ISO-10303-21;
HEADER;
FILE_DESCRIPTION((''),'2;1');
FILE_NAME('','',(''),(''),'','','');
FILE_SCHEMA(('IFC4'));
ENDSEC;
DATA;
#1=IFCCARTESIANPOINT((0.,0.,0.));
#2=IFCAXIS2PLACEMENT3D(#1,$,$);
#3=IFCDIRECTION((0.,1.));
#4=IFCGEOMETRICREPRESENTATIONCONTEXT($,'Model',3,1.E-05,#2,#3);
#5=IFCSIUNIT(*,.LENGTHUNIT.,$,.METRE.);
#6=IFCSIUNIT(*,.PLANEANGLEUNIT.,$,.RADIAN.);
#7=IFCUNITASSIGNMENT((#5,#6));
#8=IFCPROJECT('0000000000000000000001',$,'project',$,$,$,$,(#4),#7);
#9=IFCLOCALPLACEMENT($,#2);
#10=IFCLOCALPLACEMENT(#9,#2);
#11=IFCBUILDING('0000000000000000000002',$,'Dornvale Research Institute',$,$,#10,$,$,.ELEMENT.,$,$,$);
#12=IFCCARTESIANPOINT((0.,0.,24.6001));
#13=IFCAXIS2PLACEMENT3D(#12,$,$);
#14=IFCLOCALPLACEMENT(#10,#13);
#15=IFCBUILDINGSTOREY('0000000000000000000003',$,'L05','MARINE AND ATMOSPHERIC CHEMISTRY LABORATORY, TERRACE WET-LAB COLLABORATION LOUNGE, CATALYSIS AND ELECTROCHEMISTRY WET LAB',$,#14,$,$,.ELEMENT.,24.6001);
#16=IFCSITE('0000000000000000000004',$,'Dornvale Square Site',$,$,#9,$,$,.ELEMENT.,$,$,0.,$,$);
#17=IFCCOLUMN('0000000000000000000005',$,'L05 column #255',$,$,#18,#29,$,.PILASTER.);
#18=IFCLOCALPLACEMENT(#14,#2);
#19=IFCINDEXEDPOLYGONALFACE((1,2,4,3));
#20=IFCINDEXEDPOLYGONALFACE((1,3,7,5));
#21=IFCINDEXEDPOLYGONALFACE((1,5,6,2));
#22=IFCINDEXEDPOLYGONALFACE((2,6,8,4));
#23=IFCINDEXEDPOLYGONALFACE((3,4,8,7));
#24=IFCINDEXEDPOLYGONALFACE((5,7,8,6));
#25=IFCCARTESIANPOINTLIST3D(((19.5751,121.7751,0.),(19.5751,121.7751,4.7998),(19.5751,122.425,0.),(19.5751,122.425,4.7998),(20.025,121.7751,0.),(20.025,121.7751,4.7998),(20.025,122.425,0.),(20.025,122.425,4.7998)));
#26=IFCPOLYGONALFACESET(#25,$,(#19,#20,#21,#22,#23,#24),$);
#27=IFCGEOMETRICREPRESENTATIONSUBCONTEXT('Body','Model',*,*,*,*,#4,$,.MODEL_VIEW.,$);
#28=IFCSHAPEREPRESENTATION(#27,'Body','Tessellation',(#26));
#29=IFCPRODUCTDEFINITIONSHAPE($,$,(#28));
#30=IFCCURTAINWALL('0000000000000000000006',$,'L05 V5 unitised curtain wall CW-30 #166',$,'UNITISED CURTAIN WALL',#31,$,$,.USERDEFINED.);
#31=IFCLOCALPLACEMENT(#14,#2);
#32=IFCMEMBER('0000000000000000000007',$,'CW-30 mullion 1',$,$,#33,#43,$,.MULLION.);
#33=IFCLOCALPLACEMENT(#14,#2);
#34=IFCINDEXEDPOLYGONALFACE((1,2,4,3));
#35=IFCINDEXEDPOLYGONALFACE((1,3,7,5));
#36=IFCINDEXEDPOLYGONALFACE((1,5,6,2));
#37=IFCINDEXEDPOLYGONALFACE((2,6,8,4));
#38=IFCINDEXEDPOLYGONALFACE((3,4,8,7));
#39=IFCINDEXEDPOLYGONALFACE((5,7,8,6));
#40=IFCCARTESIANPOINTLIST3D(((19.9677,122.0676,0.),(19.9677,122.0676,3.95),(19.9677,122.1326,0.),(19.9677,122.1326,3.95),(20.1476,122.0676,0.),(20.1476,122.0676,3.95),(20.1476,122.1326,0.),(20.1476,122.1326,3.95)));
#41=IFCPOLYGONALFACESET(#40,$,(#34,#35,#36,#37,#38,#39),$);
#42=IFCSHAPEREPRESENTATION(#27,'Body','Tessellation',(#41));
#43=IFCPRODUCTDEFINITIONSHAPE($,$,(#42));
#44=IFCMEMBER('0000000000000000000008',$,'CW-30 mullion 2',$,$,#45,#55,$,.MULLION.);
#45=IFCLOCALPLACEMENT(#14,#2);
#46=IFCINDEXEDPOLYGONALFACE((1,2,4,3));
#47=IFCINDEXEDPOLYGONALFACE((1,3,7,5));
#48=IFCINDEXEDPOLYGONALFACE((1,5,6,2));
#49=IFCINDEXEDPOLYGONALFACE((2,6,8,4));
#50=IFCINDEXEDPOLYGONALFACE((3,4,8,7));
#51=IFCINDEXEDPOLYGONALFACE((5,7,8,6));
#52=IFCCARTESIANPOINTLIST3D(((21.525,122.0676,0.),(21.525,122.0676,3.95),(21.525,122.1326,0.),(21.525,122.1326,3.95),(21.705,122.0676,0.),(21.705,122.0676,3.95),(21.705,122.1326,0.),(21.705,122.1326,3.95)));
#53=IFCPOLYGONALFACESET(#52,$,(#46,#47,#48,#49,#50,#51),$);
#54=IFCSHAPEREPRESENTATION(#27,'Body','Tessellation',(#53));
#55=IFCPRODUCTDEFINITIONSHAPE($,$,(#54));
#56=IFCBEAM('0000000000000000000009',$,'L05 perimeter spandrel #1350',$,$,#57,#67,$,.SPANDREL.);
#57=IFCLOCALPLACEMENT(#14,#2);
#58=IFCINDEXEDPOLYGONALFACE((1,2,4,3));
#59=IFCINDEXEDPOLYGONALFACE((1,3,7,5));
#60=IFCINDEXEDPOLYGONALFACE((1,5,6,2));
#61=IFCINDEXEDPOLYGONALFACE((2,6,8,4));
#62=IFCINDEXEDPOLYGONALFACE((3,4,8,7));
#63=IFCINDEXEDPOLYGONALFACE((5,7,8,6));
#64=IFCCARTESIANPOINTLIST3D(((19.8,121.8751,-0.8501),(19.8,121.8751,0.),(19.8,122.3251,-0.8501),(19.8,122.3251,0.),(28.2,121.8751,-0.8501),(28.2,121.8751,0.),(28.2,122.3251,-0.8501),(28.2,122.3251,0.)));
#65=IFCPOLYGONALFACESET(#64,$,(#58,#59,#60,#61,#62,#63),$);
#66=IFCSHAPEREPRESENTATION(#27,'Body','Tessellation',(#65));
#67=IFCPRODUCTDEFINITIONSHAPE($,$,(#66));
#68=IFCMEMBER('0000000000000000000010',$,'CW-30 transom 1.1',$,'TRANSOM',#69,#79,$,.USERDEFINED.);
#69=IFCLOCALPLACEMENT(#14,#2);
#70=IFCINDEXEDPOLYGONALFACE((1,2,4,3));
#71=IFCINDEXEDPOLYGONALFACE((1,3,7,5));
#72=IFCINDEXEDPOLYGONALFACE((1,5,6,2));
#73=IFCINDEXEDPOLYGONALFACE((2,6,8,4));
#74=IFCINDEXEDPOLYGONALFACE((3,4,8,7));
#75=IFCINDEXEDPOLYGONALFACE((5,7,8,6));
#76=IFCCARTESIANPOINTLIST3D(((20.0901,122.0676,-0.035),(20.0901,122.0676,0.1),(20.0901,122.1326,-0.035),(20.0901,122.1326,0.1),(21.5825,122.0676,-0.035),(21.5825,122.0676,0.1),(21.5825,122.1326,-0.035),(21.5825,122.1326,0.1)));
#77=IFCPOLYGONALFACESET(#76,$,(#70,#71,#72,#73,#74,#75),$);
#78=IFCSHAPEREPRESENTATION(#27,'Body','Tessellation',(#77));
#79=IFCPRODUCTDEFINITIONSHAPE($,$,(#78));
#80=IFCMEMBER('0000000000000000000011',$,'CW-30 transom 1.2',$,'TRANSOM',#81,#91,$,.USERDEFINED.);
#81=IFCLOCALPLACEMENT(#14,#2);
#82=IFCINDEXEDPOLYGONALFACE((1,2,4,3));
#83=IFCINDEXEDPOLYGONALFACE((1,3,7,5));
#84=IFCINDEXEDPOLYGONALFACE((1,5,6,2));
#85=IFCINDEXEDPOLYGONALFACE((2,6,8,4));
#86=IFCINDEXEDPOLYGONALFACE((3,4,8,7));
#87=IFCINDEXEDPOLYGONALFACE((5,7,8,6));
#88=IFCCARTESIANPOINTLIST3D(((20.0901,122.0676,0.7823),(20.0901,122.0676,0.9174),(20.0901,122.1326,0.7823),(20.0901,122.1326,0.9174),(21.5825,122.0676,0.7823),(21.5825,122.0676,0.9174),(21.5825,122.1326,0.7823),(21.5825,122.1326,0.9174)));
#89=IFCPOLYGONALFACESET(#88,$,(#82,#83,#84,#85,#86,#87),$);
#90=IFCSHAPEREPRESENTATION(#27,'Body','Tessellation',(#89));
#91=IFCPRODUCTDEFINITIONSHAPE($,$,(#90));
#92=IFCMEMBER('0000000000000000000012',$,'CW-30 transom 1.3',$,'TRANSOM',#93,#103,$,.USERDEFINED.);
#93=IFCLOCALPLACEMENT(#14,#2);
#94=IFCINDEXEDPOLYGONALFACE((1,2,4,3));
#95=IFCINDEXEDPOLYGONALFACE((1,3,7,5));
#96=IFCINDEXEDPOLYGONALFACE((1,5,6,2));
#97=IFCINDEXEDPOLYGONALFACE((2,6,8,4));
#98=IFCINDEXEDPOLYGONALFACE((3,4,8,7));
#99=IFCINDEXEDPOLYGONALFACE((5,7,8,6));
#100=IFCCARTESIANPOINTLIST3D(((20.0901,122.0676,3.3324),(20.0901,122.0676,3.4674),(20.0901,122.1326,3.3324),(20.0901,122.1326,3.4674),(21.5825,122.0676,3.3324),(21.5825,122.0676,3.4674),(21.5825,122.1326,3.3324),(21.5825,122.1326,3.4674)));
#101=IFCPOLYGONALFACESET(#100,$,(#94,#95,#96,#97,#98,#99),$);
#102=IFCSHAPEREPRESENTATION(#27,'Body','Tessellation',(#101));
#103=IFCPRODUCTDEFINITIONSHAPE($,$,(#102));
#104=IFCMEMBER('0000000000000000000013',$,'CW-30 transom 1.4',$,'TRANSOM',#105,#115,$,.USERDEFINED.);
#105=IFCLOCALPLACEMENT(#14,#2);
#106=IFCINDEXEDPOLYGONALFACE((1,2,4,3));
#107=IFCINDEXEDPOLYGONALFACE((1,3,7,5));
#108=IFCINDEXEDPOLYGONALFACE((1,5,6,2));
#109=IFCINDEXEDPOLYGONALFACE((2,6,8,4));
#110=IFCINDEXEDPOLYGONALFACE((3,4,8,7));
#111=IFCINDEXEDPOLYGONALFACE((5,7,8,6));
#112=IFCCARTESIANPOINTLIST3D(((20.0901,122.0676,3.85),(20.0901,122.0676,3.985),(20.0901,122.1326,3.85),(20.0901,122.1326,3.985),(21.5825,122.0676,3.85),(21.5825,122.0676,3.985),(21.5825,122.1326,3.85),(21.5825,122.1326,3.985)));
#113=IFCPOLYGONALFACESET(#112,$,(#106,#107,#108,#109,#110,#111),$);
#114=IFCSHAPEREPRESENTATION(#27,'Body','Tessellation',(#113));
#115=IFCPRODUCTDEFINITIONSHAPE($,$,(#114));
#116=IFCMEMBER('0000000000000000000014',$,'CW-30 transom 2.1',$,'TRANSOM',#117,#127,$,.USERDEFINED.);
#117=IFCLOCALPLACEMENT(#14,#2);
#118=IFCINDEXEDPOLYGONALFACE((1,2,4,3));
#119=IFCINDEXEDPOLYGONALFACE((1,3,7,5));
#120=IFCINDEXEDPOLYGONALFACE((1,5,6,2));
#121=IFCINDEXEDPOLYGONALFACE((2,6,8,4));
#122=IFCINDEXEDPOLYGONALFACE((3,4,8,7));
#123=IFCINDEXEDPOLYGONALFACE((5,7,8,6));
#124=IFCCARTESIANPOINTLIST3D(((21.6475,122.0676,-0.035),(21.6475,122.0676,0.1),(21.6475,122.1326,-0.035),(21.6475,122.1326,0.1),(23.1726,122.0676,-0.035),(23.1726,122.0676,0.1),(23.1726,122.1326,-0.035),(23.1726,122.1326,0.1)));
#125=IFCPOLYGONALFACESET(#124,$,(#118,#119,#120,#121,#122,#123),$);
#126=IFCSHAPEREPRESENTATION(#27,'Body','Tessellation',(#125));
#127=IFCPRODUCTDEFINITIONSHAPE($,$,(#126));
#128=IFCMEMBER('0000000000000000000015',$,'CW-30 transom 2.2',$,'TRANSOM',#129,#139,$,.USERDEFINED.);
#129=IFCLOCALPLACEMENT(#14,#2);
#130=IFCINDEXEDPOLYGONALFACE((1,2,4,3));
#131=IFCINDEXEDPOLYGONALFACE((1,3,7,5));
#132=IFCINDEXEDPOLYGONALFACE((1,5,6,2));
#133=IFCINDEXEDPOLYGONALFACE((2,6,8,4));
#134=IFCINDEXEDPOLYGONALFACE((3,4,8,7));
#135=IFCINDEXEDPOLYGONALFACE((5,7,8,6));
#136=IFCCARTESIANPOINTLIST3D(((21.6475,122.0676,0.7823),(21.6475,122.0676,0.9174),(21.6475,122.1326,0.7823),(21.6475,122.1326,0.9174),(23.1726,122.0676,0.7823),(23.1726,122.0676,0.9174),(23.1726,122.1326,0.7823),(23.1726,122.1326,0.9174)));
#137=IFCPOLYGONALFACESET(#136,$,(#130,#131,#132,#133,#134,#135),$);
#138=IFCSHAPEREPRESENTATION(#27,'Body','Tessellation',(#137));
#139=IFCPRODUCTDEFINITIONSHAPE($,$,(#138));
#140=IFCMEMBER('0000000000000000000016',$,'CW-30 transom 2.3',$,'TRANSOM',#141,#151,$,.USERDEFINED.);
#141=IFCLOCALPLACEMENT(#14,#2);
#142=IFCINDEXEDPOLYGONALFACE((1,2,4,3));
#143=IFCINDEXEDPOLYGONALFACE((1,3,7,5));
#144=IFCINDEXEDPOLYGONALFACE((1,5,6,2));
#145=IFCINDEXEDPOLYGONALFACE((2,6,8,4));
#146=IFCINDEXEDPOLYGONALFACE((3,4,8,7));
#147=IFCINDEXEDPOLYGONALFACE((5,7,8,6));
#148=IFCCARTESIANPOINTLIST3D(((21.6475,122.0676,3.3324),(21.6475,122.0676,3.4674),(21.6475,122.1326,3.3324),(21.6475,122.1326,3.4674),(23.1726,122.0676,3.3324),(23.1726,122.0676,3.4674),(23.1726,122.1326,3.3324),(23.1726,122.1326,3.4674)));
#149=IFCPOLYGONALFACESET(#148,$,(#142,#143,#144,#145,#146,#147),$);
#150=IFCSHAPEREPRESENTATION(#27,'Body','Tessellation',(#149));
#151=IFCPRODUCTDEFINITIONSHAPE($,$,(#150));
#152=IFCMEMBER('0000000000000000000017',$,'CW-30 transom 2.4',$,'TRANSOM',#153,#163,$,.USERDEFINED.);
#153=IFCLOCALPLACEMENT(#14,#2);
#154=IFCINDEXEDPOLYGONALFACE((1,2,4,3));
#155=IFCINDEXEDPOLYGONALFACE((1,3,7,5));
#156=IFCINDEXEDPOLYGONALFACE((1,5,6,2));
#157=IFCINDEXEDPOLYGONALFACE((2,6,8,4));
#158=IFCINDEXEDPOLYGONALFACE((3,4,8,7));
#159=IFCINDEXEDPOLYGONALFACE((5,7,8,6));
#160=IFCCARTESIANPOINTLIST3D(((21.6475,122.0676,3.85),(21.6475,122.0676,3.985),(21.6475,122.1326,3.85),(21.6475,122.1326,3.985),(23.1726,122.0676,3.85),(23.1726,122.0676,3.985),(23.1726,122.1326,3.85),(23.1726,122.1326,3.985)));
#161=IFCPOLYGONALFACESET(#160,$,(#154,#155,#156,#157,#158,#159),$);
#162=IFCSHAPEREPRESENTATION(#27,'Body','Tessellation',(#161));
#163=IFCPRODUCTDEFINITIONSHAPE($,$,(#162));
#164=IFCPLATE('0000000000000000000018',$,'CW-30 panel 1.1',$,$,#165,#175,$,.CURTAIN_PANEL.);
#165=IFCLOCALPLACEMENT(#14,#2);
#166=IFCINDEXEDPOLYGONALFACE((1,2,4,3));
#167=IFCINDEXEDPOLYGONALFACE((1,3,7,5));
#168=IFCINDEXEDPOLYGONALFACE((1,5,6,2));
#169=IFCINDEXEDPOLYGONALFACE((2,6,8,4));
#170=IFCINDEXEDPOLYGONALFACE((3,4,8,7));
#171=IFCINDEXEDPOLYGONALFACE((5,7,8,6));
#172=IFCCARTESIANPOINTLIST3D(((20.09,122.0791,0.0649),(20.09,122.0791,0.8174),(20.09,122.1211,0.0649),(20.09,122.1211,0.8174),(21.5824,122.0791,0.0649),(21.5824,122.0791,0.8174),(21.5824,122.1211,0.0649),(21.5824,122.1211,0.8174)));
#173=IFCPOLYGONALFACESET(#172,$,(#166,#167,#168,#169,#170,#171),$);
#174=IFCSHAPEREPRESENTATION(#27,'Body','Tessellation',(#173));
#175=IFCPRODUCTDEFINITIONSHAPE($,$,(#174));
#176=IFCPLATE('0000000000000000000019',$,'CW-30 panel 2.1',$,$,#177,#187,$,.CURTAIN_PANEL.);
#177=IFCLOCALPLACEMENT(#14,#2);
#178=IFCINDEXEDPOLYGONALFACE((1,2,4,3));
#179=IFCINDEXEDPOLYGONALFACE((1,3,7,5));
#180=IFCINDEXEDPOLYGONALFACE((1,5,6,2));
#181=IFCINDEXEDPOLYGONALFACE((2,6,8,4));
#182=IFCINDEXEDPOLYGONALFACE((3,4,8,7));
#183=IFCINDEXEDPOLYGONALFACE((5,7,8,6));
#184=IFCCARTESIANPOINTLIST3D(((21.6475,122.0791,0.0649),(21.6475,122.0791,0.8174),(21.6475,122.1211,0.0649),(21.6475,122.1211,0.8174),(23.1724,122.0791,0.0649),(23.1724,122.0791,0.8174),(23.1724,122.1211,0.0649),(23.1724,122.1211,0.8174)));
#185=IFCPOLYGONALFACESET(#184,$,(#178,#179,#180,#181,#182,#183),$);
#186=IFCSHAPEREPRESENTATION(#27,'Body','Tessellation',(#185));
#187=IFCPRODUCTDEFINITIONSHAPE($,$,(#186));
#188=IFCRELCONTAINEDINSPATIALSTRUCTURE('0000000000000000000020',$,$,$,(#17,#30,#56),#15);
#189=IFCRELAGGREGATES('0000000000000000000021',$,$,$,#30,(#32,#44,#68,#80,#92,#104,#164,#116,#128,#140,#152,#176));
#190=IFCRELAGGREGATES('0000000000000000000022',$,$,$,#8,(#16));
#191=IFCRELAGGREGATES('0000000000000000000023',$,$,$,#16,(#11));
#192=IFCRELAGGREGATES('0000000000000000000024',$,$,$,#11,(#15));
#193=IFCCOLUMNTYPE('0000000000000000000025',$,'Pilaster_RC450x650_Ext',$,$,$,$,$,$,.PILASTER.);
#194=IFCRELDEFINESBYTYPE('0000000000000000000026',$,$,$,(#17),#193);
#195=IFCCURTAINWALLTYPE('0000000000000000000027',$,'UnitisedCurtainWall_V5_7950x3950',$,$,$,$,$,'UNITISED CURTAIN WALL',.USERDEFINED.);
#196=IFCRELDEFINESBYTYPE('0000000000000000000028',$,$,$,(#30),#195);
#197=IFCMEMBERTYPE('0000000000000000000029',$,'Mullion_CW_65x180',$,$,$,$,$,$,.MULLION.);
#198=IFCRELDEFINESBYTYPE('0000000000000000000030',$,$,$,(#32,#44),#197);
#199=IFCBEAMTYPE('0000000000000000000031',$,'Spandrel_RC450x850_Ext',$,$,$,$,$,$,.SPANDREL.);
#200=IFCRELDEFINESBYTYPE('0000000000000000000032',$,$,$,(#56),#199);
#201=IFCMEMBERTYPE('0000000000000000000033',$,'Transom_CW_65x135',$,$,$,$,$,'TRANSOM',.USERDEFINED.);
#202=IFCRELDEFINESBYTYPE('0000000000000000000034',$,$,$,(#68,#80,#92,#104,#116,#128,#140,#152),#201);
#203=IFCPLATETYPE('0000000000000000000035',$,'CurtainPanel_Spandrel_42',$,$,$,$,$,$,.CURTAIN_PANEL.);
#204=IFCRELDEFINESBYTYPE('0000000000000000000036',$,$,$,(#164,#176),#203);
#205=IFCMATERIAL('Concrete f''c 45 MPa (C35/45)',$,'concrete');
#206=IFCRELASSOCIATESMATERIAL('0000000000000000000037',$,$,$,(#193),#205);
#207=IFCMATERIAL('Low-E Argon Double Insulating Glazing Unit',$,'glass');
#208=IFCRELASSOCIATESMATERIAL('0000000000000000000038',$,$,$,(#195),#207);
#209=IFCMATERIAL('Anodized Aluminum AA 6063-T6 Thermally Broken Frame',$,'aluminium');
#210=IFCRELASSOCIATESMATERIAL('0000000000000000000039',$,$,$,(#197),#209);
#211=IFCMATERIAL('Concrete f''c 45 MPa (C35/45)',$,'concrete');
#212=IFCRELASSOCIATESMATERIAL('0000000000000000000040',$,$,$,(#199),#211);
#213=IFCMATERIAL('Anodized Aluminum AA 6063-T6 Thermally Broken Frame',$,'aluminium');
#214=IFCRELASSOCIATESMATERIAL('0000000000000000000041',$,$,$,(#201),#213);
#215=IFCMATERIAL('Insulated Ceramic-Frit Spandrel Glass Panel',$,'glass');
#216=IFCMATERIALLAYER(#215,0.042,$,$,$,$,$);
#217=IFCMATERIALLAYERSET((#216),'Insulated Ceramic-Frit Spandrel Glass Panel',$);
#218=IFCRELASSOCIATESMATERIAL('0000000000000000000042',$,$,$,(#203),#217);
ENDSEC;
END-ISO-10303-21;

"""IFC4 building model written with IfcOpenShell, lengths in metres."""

from ifc_helpers import new_model, si_unit, direction, frame, origin, origin_2d, place, context, subcontext, project, spatial, rectangle, extrude, material, layer, layer_set, material_profile, profile_set, type_object, element, aggregate, save


model = new_model("IFC4")

# Units and contexts
model_context = context("Model", 3, precision=1e-05, world=origin(), true_north=direction((0.0, 1.0)))
body_context = subcontext(model_context, "Body", "Model", "MODEL_VIEW")
ifc_project = project(units=[si_unit("LENGTHUNIT", "METRE"), si_unit("PLANEANGLEUNIT", "RADIAN")], contexts=[model_context])

# Site, building, storey
site_placement = place(None, origin())
site = spatial("IfcSite", under=ifc_project, at=site_placement, Name="Dornvale Square Site", CompositionType="ELEMENT", RefElevation=0.0)
building_placement = place(site_placement, origin())
building = spatial("IfcBuilding", under=site, at=building_placement, Name="Dornvale Research Institute", CompositionType="ELEMENT")
storey_placement = place(building_placement, frame((0.0, 0.0, 24.6001)))
storey = spatial("IfcBuildingStorey", under=building, at=storey_placement, Name="L05", Description="MARINE AND ATMOSPHERIC CHEMISTRY LABORATORY, TERRACE WET-LAB COLLABORATION LOUNGE, CATALYSIS AND ELECTROCHEMISTRY WET LAB", CompositionType="ELEMENT", Elevation=24.6001)

# Column
ifc_material_1 = material(Name="Concrete f'c 45 MPa (C35/45)", Category="concrete")
ifc_material_profile_1 = material_profile(ifc_material_1, rectangle(XDim=0.45, YDim=0.6499, at=origin_2d()), Name="RC 450x650")
ifc_profile_set_1 = profile_set([ifc_material_profile_1], Name="Concrete f'c 45 MPa (C35/45)")
column_type = type_object("IfcColumnType", Name="Pilaster_RC450x650_Ext", PredefinedType="PILASTER", material=ifc_profile_set_1)
column_placement = place(storey_placement, frame((19.8, 122.1001, 0.0), z_axis=(0.0, 0.0, 1.0), x_axis=(1.0, 0.0, 0.0)))
element("IfcColumn", 1, at=column_placement, inside=storey, type_object=column_type, Name="L05 column #255", PredefinedType="PILASTER", context=body_context, shape_type="SweptSolid", body=[
    extrude(rectangle(XDim=0.45, YDim=0.6499, at=origin_2d()), origin(), (0.0, 0.0, 1.0), 4.7998),
])

# Curtain wall, members
ifc_material_2 = material(Name="Low-E Argon Double Insulating Glazing Unit", Category="glass")
curtain_wall_type = type_object("IfcCurtainWallType", Name="UnitisedCurtainWall_V5_7950x3950", ElementType="UNITISED CURTAIN WALL", PredefinedType="USERDEFINED", material=ifc_material_2)
curtain_wall_placement = place(storey_placement, origin())
curtain_wall = element("IfcCurtainWall", 2, at=curtain_wall_placement, inside=storey, type_object=curtain_wall_type, Name="L05 V5 unitised curtain wall CW-30 #166", ObjectType="UNITISED CURTAIN WALL", PredefinedType="USERDEFINED")
ifc_material_3 = material(Name="Anodized Aluminum AA 6063-T6 Thermally Broken Frame", Category="aluminium")
ifc_material_profile_2 = material_profile(ifc_material_3, rectangle(XDim=0.0649, YDim=0.1799, at=origin_2d()), Name="ALU MULLION 65x180")
ifc_profile_set_2 = profile_set([ifc_material_profile_2], Name="Anodized Aluminum AA 6063-T6 Thermally Broken Frame")
member_type_1 = type_object("IfcMemberType", Name="Mullion_CW_65x180", PredefinedType="MULLION", material=ifc_profile_set_2)
member_1_placement = place(storey_placement, frame((20.0576, 122.1001, 0.0), z_axis=(0.0, 0.0, 1.0), x_axis=(0.0, 1.0, 0.0)))
member_1 = element("IfcMember", 3, at=member_1_placement, type_object=member_type_1, Name="CW-30 mullion 1", PredefinedType="MULLION", context=body_context, shape_type="SweptSolid", body=[
    extrude(rectangle(XDim=0.0649, YDim=0.1799, at=origin_2d()), origin(), (0.0, 0.0, 1.0), 3.95),
])
member_2_placement = place(storey_placement, frame((21.615, 122.1001, 0.0), z_axis=(0.0, 0.0, 1.0), x_axis=(0.0, 1.0, 0.0)))
member_2 = element("IfcMember", 4, at=member_2_placement, type_object=member_type_1, Name="CW-30 mullion 2", PredefinedType="MULLION", context=body_context, shape_type="SweptSolid", body=[
    extrude(rectangle(XDim=0.0649, YDim=0.1799, at=origin_2d()), origin(), (0.0, 0.0, 1.0), 3.95),
])

# Beam
ifc_material_4 = material(Name="Concrete f'c 45 MPa (C35/45)", Category="concrete")
ifc_material_profile_3 = material_profile(ifc_material_4, rectangle(XDim=0.45, YDim=0.8501, at=origin_2d()), Name="RC 450x850")
ifc_profile_set_3 = profile_set([ifc_material_profile_3], Name="Concrete f'c 45 MPa (C35/45)")
beam_type = type_object("IfcBeamType", Name="Spandrel_RC450x850_Ext", PredefinedType="SPANDREL", material=ifc_profile_set_3)
beam_placement = place(storey_placement, frame((19.8, 122.1001, -0.425), z_axis=(1.0, 0.0, 0.0), x_axis=(0.0, 1.0, 0.0)))
element("IfcBeam", 5, at=beam_placement, inside=storey, type_object=beam_type, Name="L05 perimeter spandrel #1350", PredefinedType="SPANDREL", context=body_context, shape_type="SweptSolid", body=[
    extrude(rectangle(XDim=0.45, YDim=0.8501, at=origin_2d()), origin(), (0.0, 0.0, 1.0), 8.3999),
])

# Members
ifc_material_5 = material(Name="Anodized Aluminum AA 6063-T6 Thermally Broken Frame", Category="aluminium")
ifc_material_profile_4 = material_profile(ifc_material_5, rectangle(XDim=0.0649, YDim=0.135, at=origin_2d()), Name="ALU TRANSOM 65x135")
ifc_profile_set_4 = profile_set([ifc_material_profile_4], Name="Anodized Aluminum AA 6063-T6 Thermally Broken Frame")
member_type_2 = type_object("IfcMemberType", Name="Transom_CW_65x135", ElementType="TRANSOM", PredefinedType="USERDEFINED", material=ifc_profile_set_4)
member_3_placement = place(storey_placement, frame((20.0901, 122.1001, 0.0325), z_axis=(1.0, 0.0, 0.0), x_axis=(0.0, 1.0, 0.0)))
member_3 = element("IfcMember", 6, at=member_3_placement, type_object=member_type_2, Name="CW-30 transom 1.1", ObjectType="TRANSOM", PredefinedType="USERDEFINED", context=body_context, shape_type="SweptSolid", body=[
    extrude(rectangle(XDim=0.0649, YDim=0.135, at=origin_2d()), origin(), (0.0, 0.0, 1.0), 1.4924),
])
member_4_placement = place(storey_placement, frame((20.0901, 122.1001, 0.8499), z_axis=(1.0, 0.0, 0.0), x_axis=(0.0, 1.0, 0.0)))
member_4 = element("IfcMember", 7, at=member_4_placement, type_object=member_type_2, Name="CW-30 transom 1.2", ObjectType="TRANSOM", PredefinedType="USERDEFINED", context=body_context, shape_type="SweptSolid", body=[
    extrude(rectangle(XDim=0.0649, YDim=0.135, at=origin_2d()), origin(), (0.0, 0.0, 1.0), 1.4924),
])
member_5_placement = place(storey_placement, frame((20.0901, 122.1001, 3.3999), z_axis=(1.0, 0.0, 0.0), x_axis=(0.0, 1.0, 0.0)))
member_5 = element("IfcMember", 8, at=member_5_placement, type_object=member_type_2, Name="CW-30 transom 1.3", ObjectType="TRANSOM", PredefinedType="USERDEFINED", context=body_context, shape_type="SweptSolid", body=[
    extrude(rectangle(XDim=0.0649, YDim=0.135, at=origin_2d()), origin(), (0.0, 0.0, 1.0), 1.4924),
])
member_6_placement = place(storey_placement, frame((20.0901, 122.1001, 3.9175), z_axis=(1.0, 0.0, 0.0), x_axis=(0.0, 1.0, 0.0)))
member_6 = element("IfcMember", 9, at=member_6_placement, type_object=member_type_2, Name="CW-30 transom 1.4", ObjectType="TRANSOM", PredefinedType="USERDEFINED", context=body_context, shape_type="SweptSolid", body=[
    extrude(rectangle(XDim=0.0649, YDim=0.135, at=origin_2d()), origin(), (0.0, 0.0, 1.0), 1.4924),
])
member_7_placement = place(storey_placement, frame((21.6475, 122.1001, 0.0325), z_axis=(1.0, 0.0, 0.0), x_axis=(0.0, 1.0, 0.0)))
member_7 = element("IfcMember", 10, at=member_7_placement, type_object=member_type_2, Name="CW-30 transom 2.1", ObjectType="TRANSOM", PredefinedType="USERDEFINED", context=body_context, shape_type="SweptSolid", body=[
    extrude(rectangle(XDim=0.0649, YDim=0.135, at=origin_2d()), origin(), (0.0, 0.0, 1.0), 1.5251),
])
member_8_placement = place(storey_placement, frame((21.6475, 122.1001, 0.8499), z_axis=(1.0, 0.0, 0.0), x_axis=(0.0, 1.0, 0.0)))
member_8 = element("IfcMember", 11, at=member_8_placement, type_object=member_type_2, Name="CW-30 transom 2.2", ObjectType="TRANSOM", PredefinedType="USERDEFINED", context=body_context, shape_type="SweptSolid", body=[
    extrude(rectangle(XDim=0.0649, YDim=0.135, at=origin_2d()), origin(), (0.0, 0.0, 1.0), 1.5251),
])
member_9_placement = place(storey_placement, frame((21.6475, 122.1001, 3.3999), z_axis=(1.0, 0.0, 0.0), x_axis=(0.0, 1.0, 0.0)))
member_9 = element("IfcMember", 12, at=member_9_placement, type_object=member_type_2, Name="CW-30 transom 2.3", ObjectType="TRANSOM", PredefinedType="USERDEFINED", context=body_context, shape_type="SweptSolid", body=[
    extrude(rectangle(XDim=0.0649, YDim=0.135, at=origin_2d()), origin(), (0.0, 0.0, 1.0), 1.5251),
])
member_10_placement = place(storey_placement, frame((21.6475, 122.1001, 3.9175), z_axis=(1.0, 0.0, 0.0), x_axis=(0.0, 1.0, 0.0)))
member_10 = element("IfcMember", 13, at=member_10_placement, type_object=member_type_2, Name="CW-30 transom 2.4", ObjectType="TRANSOM", PredefinedType="USERDEFINED", context=body_context, shape_type="SweptSolid", body=[
    extrude(rectangle(XDim=0.0649, YDim=0.135, at=origin_2d()), origin(), (0.0, 0.0, 1.0), 1.5251),
])

# Plates
ifc_material_6 = material(Name="Insulated Ceramic-Frit Spandrel Glass Panel", Category="glass")
ifc_layer_1 = layer(ifc_material_6, 0.042)
ifc_layer_set_1 = layer_set([ifc_layer_1], Name="Insulated Ceramic-Frit Spandrel Glass Panel")
plate_type_1 = type_object("IfcPlateType", Name="CurtainPanel_Spandrel_42", PredefinedType="CURTAIN_PANEL", material=ifc_layer_set_1)
plate_1_placement = place(storey_placement, frame((20.8362, 122.1001, 0.0649), z_axis=(0.0, 0.0, 1.0), x_axis=(1.0, 0.0, 0.0)))
plate_1 = element("IfcPlate", 14, at=plate_1_placement, type_object=plate_type_1, Name="CW-30 panel 1.1", PredefinedType="CURTAIN_PANEL", context=body_context, shape_type="SweptSolid", body=[
    extrude(rectangle(XDim=1.4924, YDim=0.042, at=origin_2d()), origin(), (0.0, 0.0, 1.0), 0.7524),
])
plate_2_placement = place(storey_placement, frame((22.4099, 122.1001, 0.0649), z_axis=(0.0, 0.0, 1.0), x_axis=(1.0, 0.0, 0.0)))
plate_2 = element("IfcPlate", 15, at=plate_2_placement, type_object=plate_type_1, Name="CW-30 panel 2.1", PredefinedType="CURTAIN_PANEL", context=body_context, shape_type="SweptSolid", body=[
    extrude(rectangle(XDim=1.5249, YDim=0.042, at=origin_2d()), origin(), (0.0, 0.0, 1.0), 0.7524),
])
aggregate(curtain_wall, [member_1, member_2, member_3, member_4, member_5, member_6, plate_1, member_7, member_8, member_9, member_10, plate_2])

save(model, "model.ifc")
